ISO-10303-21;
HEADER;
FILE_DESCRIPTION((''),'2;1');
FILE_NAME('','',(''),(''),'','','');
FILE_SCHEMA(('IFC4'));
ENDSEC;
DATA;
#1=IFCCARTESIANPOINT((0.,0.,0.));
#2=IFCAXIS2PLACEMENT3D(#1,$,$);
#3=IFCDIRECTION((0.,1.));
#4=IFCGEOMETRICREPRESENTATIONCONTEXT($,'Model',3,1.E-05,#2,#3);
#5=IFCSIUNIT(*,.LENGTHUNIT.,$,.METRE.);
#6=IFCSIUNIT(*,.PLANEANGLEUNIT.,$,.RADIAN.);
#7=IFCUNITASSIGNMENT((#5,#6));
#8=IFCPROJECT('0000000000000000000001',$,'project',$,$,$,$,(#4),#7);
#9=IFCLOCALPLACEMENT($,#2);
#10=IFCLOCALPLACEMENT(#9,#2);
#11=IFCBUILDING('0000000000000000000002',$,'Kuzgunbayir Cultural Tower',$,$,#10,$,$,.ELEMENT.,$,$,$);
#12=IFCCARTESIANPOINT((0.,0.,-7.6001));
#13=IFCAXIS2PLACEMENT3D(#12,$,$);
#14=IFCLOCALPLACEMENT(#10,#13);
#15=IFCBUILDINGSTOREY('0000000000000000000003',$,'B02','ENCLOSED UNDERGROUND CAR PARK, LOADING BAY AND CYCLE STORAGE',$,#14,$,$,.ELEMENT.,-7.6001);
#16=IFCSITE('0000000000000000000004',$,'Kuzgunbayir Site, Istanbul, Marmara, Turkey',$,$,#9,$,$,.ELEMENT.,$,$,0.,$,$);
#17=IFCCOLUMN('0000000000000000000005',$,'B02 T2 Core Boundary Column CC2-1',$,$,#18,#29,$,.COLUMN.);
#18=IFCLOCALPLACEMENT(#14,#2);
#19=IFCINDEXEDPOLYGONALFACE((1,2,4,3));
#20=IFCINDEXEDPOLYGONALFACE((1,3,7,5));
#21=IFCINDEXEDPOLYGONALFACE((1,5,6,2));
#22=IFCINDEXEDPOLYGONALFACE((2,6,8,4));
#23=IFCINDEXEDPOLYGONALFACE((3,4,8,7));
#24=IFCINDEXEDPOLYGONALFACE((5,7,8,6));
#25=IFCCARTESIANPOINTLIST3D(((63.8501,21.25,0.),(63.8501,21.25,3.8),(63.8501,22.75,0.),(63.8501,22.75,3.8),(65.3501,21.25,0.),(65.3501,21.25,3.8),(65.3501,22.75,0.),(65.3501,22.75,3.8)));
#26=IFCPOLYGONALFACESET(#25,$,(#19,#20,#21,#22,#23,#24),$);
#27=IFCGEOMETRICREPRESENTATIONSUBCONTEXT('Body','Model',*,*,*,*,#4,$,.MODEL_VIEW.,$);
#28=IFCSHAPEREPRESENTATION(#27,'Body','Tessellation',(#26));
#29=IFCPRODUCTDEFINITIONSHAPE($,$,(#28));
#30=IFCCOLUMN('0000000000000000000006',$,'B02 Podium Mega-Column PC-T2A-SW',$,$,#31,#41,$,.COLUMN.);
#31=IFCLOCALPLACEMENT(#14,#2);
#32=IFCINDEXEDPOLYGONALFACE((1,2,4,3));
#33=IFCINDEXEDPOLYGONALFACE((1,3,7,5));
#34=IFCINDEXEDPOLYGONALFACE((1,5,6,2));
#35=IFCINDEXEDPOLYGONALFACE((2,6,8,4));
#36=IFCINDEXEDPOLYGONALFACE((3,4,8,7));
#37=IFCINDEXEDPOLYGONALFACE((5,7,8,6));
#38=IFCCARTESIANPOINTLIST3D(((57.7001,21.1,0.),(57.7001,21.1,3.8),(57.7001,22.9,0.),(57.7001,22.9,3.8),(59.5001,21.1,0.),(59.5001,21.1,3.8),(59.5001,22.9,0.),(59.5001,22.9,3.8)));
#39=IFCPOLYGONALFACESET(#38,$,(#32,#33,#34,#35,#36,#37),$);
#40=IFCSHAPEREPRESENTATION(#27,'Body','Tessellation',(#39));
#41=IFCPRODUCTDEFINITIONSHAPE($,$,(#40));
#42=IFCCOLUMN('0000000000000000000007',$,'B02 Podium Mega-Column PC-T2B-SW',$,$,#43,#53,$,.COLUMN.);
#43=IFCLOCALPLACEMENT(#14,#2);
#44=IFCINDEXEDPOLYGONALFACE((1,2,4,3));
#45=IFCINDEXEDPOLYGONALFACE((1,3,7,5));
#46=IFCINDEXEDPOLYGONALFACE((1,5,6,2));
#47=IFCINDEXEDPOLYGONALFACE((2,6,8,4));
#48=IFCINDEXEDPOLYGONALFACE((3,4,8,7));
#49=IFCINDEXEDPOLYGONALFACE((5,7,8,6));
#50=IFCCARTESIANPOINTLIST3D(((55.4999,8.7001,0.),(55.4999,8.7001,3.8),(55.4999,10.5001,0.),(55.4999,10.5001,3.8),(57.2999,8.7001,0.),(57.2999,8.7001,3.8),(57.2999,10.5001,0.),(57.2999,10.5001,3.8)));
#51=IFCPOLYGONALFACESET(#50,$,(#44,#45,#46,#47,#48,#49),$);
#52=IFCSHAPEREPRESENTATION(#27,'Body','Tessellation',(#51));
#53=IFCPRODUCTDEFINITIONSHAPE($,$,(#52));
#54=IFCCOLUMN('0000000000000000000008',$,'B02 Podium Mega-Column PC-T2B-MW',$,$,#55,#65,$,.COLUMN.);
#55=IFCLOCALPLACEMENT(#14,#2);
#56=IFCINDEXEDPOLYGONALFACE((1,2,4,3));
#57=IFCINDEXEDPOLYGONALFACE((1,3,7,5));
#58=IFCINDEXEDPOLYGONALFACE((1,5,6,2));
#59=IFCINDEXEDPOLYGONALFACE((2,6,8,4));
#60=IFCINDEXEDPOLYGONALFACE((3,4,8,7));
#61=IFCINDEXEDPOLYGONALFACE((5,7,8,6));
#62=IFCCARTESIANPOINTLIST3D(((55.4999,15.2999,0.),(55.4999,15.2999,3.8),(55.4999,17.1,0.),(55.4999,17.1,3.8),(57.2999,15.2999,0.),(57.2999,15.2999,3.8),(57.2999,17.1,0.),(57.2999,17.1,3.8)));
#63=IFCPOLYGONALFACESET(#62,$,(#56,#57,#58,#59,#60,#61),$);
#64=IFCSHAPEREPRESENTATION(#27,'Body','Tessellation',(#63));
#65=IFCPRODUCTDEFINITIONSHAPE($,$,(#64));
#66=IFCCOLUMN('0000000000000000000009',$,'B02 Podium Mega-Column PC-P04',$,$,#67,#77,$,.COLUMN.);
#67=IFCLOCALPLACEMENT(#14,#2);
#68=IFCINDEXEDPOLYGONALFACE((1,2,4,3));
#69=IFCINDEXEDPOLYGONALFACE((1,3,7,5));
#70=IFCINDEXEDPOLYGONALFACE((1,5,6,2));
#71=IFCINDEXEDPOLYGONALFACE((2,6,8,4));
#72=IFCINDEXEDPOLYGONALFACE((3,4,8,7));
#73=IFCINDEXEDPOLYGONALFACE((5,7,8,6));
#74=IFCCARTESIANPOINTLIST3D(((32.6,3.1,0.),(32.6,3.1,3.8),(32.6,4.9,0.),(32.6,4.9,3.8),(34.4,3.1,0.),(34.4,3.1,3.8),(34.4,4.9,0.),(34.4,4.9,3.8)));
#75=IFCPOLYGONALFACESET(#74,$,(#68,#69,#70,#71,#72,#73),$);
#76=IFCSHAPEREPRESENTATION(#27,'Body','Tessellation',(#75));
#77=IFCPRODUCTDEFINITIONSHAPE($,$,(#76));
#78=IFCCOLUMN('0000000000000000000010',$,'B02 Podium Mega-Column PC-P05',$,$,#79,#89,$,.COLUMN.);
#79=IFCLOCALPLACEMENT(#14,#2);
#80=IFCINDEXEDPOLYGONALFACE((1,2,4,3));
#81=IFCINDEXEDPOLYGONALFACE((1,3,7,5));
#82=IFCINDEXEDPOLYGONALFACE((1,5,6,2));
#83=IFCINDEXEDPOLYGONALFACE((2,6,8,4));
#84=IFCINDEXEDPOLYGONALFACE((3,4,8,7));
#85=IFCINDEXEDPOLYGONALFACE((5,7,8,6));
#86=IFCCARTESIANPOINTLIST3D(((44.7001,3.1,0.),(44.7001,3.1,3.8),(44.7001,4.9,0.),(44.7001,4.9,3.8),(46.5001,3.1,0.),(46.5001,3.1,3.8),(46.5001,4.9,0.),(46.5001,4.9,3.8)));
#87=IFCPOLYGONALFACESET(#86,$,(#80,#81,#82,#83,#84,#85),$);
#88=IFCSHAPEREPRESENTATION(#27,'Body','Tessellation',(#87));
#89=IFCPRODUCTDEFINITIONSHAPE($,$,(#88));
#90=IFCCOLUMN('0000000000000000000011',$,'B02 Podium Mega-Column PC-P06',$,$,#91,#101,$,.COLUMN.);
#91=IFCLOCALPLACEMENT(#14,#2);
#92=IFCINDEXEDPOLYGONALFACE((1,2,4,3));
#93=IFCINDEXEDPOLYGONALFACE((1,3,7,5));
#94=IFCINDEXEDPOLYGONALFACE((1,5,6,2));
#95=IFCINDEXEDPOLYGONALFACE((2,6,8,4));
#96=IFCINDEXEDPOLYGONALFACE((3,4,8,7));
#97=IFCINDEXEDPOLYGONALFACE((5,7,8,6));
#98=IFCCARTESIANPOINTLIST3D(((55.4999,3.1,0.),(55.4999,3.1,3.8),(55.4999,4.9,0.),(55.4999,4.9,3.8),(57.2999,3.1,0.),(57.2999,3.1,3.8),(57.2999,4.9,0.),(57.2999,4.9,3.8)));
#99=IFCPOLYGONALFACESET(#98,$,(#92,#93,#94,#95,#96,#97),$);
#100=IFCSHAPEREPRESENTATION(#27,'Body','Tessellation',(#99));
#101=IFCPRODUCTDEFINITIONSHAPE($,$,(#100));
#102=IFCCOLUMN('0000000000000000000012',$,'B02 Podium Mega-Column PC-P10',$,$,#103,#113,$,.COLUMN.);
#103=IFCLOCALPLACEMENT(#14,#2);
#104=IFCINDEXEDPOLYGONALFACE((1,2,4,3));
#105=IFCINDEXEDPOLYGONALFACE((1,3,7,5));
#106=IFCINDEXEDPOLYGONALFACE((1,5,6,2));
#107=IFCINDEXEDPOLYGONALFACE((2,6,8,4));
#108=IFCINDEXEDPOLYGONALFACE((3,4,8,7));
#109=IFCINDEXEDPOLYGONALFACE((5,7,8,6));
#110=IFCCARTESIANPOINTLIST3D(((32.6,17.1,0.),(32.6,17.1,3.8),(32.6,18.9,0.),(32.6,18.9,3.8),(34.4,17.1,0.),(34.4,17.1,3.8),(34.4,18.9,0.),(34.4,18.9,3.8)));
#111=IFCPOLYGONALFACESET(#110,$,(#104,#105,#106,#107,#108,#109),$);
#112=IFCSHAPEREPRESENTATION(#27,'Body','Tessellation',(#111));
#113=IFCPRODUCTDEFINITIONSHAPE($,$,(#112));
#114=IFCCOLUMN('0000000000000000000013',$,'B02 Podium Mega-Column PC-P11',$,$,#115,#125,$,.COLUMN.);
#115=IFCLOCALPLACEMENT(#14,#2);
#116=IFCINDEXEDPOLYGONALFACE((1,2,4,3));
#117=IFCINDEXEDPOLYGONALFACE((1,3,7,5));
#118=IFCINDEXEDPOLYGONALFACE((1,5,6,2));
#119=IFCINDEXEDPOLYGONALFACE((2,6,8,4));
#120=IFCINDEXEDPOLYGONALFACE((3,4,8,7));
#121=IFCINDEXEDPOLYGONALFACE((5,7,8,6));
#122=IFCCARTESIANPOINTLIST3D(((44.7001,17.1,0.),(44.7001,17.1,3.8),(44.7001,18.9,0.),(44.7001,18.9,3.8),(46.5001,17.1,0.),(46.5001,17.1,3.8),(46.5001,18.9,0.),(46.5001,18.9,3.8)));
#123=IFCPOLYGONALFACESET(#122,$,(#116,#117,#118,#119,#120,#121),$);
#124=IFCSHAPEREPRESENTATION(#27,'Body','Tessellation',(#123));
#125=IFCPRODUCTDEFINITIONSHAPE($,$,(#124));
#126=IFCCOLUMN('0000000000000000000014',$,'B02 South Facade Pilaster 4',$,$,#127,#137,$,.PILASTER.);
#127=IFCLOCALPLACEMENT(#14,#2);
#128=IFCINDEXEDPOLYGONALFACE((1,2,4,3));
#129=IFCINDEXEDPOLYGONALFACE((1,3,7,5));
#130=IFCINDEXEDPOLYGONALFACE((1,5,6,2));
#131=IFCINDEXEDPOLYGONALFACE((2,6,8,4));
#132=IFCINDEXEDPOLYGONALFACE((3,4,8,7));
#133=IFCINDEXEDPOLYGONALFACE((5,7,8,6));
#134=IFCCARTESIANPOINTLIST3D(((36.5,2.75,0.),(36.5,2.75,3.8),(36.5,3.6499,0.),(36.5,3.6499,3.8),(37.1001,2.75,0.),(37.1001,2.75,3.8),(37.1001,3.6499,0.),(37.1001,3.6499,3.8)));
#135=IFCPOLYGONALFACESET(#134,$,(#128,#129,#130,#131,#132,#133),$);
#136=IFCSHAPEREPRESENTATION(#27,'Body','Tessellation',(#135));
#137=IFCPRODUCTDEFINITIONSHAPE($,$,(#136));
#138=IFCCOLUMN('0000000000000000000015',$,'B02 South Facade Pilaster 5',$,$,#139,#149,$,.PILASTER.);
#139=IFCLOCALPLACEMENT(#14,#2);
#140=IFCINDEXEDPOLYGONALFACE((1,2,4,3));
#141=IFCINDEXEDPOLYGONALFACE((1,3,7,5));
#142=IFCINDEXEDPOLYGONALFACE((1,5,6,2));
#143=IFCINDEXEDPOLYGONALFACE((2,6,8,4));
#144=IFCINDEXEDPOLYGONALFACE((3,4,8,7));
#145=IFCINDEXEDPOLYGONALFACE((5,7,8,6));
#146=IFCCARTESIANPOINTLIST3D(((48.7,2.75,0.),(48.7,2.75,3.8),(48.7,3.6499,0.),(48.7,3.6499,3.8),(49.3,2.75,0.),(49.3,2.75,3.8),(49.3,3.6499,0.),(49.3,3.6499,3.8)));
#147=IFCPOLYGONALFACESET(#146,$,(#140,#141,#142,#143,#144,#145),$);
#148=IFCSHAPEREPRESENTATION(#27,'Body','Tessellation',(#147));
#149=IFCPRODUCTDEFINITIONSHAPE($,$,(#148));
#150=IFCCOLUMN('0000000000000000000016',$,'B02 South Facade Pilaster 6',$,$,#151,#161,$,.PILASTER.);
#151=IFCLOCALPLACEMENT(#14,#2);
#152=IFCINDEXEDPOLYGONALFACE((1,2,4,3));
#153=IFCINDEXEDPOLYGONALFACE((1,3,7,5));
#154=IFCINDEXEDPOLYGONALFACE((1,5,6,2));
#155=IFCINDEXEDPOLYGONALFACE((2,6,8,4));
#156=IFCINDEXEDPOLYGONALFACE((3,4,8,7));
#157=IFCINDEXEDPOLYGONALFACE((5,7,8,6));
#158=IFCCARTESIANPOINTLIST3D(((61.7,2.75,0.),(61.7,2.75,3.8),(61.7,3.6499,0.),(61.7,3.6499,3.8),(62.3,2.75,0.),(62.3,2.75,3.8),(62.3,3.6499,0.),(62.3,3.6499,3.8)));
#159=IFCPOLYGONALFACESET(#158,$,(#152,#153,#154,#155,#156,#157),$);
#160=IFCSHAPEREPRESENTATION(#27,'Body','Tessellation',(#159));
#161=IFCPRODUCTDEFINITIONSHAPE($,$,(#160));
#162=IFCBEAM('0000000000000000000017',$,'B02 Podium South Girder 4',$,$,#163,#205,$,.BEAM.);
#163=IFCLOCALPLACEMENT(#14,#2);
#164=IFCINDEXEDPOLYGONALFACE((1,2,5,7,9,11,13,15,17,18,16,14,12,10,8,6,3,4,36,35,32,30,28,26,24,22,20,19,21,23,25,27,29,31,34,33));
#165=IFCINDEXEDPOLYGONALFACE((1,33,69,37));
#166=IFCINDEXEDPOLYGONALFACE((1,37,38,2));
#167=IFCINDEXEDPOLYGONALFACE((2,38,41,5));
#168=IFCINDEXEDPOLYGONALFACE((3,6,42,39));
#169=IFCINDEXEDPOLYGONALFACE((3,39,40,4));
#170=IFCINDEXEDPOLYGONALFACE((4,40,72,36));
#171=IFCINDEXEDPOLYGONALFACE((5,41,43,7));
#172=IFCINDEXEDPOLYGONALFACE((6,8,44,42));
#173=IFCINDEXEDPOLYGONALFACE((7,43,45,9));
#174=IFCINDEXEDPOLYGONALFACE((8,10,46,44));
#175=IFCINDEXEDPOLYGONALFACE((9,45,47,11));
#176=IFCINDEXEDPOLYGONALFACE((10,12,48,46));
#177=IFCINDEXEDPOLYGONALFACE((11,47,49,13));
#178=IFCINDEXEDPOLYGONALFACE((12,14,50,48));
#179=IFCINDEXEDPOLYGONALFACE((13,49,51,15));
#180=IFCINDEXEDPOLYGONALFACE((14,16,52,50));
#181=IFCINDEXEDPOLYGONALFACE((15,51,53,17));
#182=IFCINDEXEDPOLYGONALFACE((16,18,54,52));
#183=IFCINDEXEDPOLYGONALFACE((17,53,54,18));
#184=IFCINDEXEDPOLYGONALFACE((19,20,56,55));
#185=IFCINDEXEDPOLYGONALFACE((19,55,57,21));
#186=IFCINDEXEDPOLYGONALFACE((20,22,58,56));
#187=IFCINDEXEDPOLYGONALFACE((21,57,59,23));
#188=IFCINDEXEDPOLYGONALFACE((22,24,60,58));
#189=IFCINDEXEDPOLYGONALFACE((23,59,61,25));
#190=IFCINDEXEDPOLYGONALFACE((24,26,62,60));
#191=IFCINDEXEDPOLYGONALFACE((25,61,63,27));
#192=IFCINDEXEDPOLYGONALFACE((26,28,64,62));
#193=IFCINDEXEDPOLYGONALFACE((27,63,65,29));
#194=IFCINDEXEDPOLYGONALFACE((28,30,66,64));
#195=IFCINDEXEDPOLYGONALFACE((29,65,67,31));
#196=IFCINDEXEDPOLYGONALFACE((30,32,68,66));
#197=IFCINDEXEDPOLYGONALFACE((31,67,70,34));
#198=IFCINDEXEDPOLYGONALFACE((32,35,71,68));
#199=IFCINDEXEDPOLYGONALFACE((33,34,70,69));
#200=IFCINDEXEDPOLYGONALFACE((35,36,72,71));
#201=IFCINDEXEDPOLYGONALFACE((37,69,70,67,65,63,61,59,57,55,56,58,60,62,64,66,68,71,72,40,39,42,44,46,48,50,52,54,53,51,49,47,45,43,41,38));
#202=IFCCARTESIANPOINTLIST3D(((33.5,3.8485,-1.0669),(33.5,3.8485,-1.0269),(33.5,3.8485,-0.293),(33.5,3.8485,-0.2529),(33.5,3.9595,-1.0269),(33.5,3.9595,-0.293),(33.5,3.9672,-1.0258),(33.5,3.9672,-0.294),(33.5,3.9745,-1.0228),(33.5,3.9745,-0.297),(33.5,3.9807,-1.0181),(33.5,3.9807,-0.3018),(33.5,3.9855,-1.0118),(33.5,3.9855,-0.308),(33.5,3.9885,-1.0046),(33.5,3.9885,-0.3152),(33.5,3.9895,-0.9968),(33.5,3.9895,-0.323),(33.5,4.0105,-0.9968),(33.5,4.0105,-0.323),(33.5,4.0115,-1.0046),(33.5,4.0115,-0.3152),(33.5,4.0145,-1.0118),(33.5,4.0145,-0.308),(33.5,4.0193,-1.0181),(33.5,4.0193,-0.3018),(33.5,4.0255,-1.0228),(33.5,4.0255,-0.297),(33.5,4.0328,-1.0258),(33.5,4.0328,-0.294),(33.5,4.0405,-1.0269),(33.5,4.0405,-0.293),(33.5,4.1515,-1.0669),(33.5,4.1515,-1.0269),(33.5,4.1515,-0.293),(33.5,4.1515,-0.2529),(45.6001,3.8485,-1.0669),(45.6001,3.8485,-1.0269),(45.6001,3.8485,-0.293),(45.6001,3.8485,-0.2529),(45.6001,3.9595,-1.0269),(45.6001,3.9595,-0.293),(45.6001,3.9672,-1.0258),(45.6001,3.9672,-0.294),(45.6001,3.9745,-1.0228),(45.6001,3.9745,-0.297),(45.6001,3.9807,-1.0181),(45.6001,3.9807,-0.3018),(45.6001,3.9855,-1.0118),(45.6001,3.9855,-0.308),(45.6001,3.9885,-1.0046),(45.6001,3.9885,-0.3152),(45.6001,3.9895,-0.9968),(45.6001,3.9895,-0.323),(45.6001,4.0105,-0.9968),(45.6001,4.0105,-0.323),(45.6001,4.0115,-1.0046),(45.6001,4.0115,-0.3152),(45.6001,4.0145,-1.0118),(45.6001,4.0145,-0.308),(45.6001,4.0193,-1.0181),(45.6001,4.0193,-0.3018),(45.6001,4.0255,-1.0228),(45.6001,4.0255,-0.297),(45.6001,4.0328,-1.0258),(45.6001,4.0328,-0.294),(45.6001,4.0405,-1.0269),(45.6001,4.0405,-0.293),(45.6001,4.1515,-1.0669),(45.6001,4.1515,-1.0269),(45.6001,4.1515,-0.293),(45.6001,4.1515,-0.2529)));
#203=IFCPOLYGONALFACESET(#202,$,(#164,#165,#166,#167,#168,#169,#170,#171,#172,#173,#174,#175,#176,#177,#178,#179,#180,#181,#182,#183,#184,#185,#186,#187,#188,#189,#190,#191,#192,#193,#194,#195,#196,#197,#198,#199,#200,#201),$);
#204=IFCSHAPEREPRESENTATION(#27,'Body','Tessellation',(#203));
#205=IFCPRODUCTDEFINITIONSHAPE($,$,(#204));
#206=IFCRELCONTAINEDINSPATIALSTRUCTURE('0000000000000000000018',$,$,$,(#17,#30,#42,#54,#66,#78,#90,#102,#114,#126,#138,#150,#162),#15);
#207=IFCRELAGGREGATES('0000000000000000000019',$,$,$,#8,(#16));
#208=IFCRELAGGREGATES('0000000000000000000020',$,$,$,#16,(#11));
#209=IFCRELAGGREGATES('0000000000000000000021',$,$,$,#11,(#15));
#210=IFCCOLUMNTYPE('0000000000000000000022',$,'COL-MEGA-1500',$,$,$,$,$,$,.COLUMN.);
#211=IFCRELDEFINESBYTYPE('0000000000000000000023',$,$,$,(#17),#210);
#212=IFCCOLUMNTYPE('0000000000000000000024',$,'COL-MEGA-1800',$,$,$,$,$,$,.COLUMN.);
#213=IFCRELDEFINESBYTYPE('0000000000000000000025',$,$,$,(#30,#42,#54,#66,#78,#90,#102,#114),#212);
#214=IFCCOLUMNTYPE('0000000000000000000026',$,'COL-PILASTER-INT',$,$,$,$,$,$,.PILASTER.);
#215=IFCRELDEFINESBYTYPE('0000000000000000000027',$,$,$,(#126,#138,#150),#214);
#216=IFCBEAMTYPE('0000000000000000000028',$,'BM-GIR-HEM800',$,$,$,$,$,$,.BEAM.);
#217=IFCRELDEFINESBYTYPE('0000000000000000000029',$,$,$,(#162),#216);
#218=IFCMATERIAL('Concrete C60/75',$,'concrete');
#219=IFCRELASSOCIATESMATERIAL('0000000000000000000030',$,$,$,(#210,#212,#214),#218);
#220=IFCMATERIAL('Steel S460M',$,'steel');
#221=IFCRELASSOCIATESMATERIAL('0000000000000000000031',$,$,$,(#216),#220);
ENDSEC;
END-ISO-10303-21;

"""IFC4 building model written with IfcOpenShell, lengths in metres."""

from ifc_helpers import new_model, si_unit, direction, frame, origin, origin_2d, place, context, subcontext, project, spatial, rectangle, i_section, extrude, material, material_profile, profile_set, type_object, element, save


model = new_model("IFC4")

# Units and contexts
model_context = context("Model", 3, precision=1e-05, world=origin(), true_north=direction((0.0, 1.0)))
body_context = subcontext(model_context, "Body", "Model", "MODEL_VIEW")
ifc_project = project(units=[si_unit("LENGTHUNIT", "METRE"), si_unit("PLANEANGLEUNIT", "RADIAN")], contexts=[model_context])

# Site, building, storey
site_placement = place(None, origin())
site = spatial("IfcSite", under=ifc_project, at=site_placement, Name="Kuzgunbayir Site, Istanbul, Marmara, Turkey", CompositionType="ELEMENT", RefElevation=0.0)
building_placement = place(site_placement, origin())
building = spatial("IfcBuilding", under=site, at=building_placement, Name="Kuzgunbayir Cultural Tower", CompositionType="ELEMENT")
storey_placement = place(building_placement, frame((0.0, 0.0, -7.6001)))
storey = spatial("IfcBuildingStorey", under=building, at=storey_placement, Name="B02", Description="ENCLOSED UNDERGROUND CAR PARK, LOADING BAY AND CYCLE STORAGE", CompositionType="ELEMENT", Elevation=-7.6001)

# Columns
ifc_material_1 = material(Name="Concrete C60/75", Category="concrete")
ifc_material_profile_1 = material_profile(ifc_material_1, rectangle(XDim=1.5, YDim=1.5, at=origin_2d()), Name="RC 1500x1500")
ifc_profile_set_1 = profile_set([ifc_material_profile_1], Name="Concrete C60/75")
column_type_1 = type_object("IfcColumnType", Name="COL-MEGA-1500", PredefinedType="COLUMN", material=ifc_profile_set_1)
column_placement = place(storey_placement, frame((64.6001, 22.0, 0.0), z_axis=(0.0, 0.0, 1.0), x_axis=(1.0, 0.0, 0.0)))
element("IfcColumn", 1, at=column_placement, inside=storey, type_object=column_type_1, Name="B02 T2 Core Boundary Column CC2-1", PredefinedType="COLUMN", context=body_context, shape_type="SweptSolid", body=[
    extrude(rectangle(XDim=1.5, YDim=1.5, at=origin_2d()), origin(), (0.0, 0.0, 1.0), 3.8),
])
ifc_material_profile_2 = material_profile(ifc_material_1, rectangle(XDim=1.8, YDim=1.8, at=origin_2d()), Name="RC 1800x1800")
ifc_profile_set_2 = profile_set([ifc_material_profile_2], Name="Concrete C60/75")
column_type_2 = type_object("IfcColumnType", Name="COL-MEGA-1800", PredefinedType="COLUMN", material=ifc_profile_set_2)
for number, where, z_axis, x_axis, name in (
    (2, (58.6001, 22.0, 0.0), (0.0, 0.0, 1.0), (1.0, 0.0, 0.0), "B02 Podium Mega-Column PC-T2A-SW"),
    (3, (56.3999, 9.6001, 0.0), (0.0, 0.0, 1.0), (1.0, 0.0, 0.0), "B02 Podium Mega-Column PC-T2B-SW"),
    (4, (56.3999, 16.2, 0.0), (0.0, 0.0, 1.0), (1.0, 0.0, 0.0), "B02 Podium Mega-Column PC-T2B-MW"),
    (5, (33.5, 4.0, 0.0), (0.0, 0.0, 1.0), (1.0, 0.0, 0.0), "B02 Podium Mega-Column PC-P04"),
    (6, (45.6001, 4.0, 0.0), (0.0, 0.0, 1.0), (1.0, 0.0, 0.0), "B02 Podium Mega-Column PC-P05"),
    (7, (56.3999, 4.0, 0.0), (0.0, 0.0, 1.0), (1.0, 0.0, 0.0), "B02 Podium Mega-Column PC-P06"),
    (8, (33.5, 18.0, 0.0), (0.0, 0.0, 1.0), (1.0, 0.0, 0.0), "B02 Podium Mega-Column PC-P10"),
    (9, (45.6001, 18.0, 0.0), (0.0, 0.0, 1.0), (1.0, 0.0, 0.0), "B02 Podium Mega-Column PC-P11"),
):
    element("IfcColumn", number, at=place(storey_placement, frame(where, z_axis=z_axis, x_axis=x_axis)), inside=storey, type_object=column_type_2, Name=name, PredefinedType="COLUMN", context=body_context, shape_type="SweptSolid", body=[
        extrude(rectangle(XDim=1.8, YDim=1.8, at=origin_2d()), origin(), (0.0, 0.0, 1.0), 3.8),
    ])
ifc_material_profile_3 = material_profile(ifc_material_1, rectangle(XDim=0.6001, YDim=0.8999, at=origin_2d()), Name="RC 600x900")
ifc_profile_set_3 = profile_set([ifc_material_profile_3], Name="Concrete C60/75")
column_type_3 = type_object("IfcColumnType", Name="COL-PILASTER-INT", PredefinedType="PILASTER", material=ifc_profile_set_3)
for number, where, z_axis, x_axis, name in (
    (10, (36.8, 3.2, 0.0), (0.0, 0.0, 1.0), (1.0, 0.0, 0.0), "B02 South Facade Pilaster 4"),
    (11, (49.0, 3.2, 0.0), (0.0, 0.0, 1.0), (1.0, 0.0, 0.0), "B02 South Facade Pilaster 5"),
    (12, (62.0, 3.2, 0.0), (0.0, 0.0, 1.0), (1.0, 0.0, 0.0), "B02 South Facade Pilaster 6"),
):
    element("IfcColumn", number, at=place(storey_placement, frame(where, z_axis=z_axis, x_axis=x_axis)), inside=storey, type_object=column_type_3, Name=name, PredefinedType="PILASTER", context=body_context, shape_type="SweptSolid", body=[
        extrude(rectangle(XDim=0.6001, YDim=0.8999, at=origin_2d()), origin(), (0.0, 0.0, 1.0), 3.8),
    ])

# Beam
ifc_material_2 = material(Name="Steel S460M", Category="steel")
ifc_material_profile_4 = material_profile(ifc_material_2, i_section(OverallWidth=0.303, OverallDepth=0.814, WebThickness=0.021, FlangeThickness=0.04, FilletRadius=0.03, at=origin_2d()), Name="HEM 800")
ifc_profile_set_4 = profile_set([ifc_material_profile_4], Name="Steel S460M")
beam_type = type_object("IfcBeamType", Name="BM-GIR-HEM800", PredefinedType="BEAM", material=ifc_profile_set_4)
beam_1_placement = place(storey_placement, frame((33.5, 4.0, -0.6599), z_axis=(1.0, 0.0, 0.0), x_axis=(0.0, 1.0, 0.0)))
element("IfcBeam", 13, at=beam_1_placement, inside=storey, type_object=beam_type, Name="B02 Podium South Girder 4", PredefinedType="BEAM", context=body_context, shape_type="SweptSolid", body=[
    extrude(i_section(OverallWidth=0.303, OverallDepth=0.814, WebThickness=0.021, FlangeThickness=0.04, FilletRadius=0.03, at=origin_2d()), origin(), (0.0, 0.0, 1.0), 12.1001),
])

save(model, "model.ifc")
